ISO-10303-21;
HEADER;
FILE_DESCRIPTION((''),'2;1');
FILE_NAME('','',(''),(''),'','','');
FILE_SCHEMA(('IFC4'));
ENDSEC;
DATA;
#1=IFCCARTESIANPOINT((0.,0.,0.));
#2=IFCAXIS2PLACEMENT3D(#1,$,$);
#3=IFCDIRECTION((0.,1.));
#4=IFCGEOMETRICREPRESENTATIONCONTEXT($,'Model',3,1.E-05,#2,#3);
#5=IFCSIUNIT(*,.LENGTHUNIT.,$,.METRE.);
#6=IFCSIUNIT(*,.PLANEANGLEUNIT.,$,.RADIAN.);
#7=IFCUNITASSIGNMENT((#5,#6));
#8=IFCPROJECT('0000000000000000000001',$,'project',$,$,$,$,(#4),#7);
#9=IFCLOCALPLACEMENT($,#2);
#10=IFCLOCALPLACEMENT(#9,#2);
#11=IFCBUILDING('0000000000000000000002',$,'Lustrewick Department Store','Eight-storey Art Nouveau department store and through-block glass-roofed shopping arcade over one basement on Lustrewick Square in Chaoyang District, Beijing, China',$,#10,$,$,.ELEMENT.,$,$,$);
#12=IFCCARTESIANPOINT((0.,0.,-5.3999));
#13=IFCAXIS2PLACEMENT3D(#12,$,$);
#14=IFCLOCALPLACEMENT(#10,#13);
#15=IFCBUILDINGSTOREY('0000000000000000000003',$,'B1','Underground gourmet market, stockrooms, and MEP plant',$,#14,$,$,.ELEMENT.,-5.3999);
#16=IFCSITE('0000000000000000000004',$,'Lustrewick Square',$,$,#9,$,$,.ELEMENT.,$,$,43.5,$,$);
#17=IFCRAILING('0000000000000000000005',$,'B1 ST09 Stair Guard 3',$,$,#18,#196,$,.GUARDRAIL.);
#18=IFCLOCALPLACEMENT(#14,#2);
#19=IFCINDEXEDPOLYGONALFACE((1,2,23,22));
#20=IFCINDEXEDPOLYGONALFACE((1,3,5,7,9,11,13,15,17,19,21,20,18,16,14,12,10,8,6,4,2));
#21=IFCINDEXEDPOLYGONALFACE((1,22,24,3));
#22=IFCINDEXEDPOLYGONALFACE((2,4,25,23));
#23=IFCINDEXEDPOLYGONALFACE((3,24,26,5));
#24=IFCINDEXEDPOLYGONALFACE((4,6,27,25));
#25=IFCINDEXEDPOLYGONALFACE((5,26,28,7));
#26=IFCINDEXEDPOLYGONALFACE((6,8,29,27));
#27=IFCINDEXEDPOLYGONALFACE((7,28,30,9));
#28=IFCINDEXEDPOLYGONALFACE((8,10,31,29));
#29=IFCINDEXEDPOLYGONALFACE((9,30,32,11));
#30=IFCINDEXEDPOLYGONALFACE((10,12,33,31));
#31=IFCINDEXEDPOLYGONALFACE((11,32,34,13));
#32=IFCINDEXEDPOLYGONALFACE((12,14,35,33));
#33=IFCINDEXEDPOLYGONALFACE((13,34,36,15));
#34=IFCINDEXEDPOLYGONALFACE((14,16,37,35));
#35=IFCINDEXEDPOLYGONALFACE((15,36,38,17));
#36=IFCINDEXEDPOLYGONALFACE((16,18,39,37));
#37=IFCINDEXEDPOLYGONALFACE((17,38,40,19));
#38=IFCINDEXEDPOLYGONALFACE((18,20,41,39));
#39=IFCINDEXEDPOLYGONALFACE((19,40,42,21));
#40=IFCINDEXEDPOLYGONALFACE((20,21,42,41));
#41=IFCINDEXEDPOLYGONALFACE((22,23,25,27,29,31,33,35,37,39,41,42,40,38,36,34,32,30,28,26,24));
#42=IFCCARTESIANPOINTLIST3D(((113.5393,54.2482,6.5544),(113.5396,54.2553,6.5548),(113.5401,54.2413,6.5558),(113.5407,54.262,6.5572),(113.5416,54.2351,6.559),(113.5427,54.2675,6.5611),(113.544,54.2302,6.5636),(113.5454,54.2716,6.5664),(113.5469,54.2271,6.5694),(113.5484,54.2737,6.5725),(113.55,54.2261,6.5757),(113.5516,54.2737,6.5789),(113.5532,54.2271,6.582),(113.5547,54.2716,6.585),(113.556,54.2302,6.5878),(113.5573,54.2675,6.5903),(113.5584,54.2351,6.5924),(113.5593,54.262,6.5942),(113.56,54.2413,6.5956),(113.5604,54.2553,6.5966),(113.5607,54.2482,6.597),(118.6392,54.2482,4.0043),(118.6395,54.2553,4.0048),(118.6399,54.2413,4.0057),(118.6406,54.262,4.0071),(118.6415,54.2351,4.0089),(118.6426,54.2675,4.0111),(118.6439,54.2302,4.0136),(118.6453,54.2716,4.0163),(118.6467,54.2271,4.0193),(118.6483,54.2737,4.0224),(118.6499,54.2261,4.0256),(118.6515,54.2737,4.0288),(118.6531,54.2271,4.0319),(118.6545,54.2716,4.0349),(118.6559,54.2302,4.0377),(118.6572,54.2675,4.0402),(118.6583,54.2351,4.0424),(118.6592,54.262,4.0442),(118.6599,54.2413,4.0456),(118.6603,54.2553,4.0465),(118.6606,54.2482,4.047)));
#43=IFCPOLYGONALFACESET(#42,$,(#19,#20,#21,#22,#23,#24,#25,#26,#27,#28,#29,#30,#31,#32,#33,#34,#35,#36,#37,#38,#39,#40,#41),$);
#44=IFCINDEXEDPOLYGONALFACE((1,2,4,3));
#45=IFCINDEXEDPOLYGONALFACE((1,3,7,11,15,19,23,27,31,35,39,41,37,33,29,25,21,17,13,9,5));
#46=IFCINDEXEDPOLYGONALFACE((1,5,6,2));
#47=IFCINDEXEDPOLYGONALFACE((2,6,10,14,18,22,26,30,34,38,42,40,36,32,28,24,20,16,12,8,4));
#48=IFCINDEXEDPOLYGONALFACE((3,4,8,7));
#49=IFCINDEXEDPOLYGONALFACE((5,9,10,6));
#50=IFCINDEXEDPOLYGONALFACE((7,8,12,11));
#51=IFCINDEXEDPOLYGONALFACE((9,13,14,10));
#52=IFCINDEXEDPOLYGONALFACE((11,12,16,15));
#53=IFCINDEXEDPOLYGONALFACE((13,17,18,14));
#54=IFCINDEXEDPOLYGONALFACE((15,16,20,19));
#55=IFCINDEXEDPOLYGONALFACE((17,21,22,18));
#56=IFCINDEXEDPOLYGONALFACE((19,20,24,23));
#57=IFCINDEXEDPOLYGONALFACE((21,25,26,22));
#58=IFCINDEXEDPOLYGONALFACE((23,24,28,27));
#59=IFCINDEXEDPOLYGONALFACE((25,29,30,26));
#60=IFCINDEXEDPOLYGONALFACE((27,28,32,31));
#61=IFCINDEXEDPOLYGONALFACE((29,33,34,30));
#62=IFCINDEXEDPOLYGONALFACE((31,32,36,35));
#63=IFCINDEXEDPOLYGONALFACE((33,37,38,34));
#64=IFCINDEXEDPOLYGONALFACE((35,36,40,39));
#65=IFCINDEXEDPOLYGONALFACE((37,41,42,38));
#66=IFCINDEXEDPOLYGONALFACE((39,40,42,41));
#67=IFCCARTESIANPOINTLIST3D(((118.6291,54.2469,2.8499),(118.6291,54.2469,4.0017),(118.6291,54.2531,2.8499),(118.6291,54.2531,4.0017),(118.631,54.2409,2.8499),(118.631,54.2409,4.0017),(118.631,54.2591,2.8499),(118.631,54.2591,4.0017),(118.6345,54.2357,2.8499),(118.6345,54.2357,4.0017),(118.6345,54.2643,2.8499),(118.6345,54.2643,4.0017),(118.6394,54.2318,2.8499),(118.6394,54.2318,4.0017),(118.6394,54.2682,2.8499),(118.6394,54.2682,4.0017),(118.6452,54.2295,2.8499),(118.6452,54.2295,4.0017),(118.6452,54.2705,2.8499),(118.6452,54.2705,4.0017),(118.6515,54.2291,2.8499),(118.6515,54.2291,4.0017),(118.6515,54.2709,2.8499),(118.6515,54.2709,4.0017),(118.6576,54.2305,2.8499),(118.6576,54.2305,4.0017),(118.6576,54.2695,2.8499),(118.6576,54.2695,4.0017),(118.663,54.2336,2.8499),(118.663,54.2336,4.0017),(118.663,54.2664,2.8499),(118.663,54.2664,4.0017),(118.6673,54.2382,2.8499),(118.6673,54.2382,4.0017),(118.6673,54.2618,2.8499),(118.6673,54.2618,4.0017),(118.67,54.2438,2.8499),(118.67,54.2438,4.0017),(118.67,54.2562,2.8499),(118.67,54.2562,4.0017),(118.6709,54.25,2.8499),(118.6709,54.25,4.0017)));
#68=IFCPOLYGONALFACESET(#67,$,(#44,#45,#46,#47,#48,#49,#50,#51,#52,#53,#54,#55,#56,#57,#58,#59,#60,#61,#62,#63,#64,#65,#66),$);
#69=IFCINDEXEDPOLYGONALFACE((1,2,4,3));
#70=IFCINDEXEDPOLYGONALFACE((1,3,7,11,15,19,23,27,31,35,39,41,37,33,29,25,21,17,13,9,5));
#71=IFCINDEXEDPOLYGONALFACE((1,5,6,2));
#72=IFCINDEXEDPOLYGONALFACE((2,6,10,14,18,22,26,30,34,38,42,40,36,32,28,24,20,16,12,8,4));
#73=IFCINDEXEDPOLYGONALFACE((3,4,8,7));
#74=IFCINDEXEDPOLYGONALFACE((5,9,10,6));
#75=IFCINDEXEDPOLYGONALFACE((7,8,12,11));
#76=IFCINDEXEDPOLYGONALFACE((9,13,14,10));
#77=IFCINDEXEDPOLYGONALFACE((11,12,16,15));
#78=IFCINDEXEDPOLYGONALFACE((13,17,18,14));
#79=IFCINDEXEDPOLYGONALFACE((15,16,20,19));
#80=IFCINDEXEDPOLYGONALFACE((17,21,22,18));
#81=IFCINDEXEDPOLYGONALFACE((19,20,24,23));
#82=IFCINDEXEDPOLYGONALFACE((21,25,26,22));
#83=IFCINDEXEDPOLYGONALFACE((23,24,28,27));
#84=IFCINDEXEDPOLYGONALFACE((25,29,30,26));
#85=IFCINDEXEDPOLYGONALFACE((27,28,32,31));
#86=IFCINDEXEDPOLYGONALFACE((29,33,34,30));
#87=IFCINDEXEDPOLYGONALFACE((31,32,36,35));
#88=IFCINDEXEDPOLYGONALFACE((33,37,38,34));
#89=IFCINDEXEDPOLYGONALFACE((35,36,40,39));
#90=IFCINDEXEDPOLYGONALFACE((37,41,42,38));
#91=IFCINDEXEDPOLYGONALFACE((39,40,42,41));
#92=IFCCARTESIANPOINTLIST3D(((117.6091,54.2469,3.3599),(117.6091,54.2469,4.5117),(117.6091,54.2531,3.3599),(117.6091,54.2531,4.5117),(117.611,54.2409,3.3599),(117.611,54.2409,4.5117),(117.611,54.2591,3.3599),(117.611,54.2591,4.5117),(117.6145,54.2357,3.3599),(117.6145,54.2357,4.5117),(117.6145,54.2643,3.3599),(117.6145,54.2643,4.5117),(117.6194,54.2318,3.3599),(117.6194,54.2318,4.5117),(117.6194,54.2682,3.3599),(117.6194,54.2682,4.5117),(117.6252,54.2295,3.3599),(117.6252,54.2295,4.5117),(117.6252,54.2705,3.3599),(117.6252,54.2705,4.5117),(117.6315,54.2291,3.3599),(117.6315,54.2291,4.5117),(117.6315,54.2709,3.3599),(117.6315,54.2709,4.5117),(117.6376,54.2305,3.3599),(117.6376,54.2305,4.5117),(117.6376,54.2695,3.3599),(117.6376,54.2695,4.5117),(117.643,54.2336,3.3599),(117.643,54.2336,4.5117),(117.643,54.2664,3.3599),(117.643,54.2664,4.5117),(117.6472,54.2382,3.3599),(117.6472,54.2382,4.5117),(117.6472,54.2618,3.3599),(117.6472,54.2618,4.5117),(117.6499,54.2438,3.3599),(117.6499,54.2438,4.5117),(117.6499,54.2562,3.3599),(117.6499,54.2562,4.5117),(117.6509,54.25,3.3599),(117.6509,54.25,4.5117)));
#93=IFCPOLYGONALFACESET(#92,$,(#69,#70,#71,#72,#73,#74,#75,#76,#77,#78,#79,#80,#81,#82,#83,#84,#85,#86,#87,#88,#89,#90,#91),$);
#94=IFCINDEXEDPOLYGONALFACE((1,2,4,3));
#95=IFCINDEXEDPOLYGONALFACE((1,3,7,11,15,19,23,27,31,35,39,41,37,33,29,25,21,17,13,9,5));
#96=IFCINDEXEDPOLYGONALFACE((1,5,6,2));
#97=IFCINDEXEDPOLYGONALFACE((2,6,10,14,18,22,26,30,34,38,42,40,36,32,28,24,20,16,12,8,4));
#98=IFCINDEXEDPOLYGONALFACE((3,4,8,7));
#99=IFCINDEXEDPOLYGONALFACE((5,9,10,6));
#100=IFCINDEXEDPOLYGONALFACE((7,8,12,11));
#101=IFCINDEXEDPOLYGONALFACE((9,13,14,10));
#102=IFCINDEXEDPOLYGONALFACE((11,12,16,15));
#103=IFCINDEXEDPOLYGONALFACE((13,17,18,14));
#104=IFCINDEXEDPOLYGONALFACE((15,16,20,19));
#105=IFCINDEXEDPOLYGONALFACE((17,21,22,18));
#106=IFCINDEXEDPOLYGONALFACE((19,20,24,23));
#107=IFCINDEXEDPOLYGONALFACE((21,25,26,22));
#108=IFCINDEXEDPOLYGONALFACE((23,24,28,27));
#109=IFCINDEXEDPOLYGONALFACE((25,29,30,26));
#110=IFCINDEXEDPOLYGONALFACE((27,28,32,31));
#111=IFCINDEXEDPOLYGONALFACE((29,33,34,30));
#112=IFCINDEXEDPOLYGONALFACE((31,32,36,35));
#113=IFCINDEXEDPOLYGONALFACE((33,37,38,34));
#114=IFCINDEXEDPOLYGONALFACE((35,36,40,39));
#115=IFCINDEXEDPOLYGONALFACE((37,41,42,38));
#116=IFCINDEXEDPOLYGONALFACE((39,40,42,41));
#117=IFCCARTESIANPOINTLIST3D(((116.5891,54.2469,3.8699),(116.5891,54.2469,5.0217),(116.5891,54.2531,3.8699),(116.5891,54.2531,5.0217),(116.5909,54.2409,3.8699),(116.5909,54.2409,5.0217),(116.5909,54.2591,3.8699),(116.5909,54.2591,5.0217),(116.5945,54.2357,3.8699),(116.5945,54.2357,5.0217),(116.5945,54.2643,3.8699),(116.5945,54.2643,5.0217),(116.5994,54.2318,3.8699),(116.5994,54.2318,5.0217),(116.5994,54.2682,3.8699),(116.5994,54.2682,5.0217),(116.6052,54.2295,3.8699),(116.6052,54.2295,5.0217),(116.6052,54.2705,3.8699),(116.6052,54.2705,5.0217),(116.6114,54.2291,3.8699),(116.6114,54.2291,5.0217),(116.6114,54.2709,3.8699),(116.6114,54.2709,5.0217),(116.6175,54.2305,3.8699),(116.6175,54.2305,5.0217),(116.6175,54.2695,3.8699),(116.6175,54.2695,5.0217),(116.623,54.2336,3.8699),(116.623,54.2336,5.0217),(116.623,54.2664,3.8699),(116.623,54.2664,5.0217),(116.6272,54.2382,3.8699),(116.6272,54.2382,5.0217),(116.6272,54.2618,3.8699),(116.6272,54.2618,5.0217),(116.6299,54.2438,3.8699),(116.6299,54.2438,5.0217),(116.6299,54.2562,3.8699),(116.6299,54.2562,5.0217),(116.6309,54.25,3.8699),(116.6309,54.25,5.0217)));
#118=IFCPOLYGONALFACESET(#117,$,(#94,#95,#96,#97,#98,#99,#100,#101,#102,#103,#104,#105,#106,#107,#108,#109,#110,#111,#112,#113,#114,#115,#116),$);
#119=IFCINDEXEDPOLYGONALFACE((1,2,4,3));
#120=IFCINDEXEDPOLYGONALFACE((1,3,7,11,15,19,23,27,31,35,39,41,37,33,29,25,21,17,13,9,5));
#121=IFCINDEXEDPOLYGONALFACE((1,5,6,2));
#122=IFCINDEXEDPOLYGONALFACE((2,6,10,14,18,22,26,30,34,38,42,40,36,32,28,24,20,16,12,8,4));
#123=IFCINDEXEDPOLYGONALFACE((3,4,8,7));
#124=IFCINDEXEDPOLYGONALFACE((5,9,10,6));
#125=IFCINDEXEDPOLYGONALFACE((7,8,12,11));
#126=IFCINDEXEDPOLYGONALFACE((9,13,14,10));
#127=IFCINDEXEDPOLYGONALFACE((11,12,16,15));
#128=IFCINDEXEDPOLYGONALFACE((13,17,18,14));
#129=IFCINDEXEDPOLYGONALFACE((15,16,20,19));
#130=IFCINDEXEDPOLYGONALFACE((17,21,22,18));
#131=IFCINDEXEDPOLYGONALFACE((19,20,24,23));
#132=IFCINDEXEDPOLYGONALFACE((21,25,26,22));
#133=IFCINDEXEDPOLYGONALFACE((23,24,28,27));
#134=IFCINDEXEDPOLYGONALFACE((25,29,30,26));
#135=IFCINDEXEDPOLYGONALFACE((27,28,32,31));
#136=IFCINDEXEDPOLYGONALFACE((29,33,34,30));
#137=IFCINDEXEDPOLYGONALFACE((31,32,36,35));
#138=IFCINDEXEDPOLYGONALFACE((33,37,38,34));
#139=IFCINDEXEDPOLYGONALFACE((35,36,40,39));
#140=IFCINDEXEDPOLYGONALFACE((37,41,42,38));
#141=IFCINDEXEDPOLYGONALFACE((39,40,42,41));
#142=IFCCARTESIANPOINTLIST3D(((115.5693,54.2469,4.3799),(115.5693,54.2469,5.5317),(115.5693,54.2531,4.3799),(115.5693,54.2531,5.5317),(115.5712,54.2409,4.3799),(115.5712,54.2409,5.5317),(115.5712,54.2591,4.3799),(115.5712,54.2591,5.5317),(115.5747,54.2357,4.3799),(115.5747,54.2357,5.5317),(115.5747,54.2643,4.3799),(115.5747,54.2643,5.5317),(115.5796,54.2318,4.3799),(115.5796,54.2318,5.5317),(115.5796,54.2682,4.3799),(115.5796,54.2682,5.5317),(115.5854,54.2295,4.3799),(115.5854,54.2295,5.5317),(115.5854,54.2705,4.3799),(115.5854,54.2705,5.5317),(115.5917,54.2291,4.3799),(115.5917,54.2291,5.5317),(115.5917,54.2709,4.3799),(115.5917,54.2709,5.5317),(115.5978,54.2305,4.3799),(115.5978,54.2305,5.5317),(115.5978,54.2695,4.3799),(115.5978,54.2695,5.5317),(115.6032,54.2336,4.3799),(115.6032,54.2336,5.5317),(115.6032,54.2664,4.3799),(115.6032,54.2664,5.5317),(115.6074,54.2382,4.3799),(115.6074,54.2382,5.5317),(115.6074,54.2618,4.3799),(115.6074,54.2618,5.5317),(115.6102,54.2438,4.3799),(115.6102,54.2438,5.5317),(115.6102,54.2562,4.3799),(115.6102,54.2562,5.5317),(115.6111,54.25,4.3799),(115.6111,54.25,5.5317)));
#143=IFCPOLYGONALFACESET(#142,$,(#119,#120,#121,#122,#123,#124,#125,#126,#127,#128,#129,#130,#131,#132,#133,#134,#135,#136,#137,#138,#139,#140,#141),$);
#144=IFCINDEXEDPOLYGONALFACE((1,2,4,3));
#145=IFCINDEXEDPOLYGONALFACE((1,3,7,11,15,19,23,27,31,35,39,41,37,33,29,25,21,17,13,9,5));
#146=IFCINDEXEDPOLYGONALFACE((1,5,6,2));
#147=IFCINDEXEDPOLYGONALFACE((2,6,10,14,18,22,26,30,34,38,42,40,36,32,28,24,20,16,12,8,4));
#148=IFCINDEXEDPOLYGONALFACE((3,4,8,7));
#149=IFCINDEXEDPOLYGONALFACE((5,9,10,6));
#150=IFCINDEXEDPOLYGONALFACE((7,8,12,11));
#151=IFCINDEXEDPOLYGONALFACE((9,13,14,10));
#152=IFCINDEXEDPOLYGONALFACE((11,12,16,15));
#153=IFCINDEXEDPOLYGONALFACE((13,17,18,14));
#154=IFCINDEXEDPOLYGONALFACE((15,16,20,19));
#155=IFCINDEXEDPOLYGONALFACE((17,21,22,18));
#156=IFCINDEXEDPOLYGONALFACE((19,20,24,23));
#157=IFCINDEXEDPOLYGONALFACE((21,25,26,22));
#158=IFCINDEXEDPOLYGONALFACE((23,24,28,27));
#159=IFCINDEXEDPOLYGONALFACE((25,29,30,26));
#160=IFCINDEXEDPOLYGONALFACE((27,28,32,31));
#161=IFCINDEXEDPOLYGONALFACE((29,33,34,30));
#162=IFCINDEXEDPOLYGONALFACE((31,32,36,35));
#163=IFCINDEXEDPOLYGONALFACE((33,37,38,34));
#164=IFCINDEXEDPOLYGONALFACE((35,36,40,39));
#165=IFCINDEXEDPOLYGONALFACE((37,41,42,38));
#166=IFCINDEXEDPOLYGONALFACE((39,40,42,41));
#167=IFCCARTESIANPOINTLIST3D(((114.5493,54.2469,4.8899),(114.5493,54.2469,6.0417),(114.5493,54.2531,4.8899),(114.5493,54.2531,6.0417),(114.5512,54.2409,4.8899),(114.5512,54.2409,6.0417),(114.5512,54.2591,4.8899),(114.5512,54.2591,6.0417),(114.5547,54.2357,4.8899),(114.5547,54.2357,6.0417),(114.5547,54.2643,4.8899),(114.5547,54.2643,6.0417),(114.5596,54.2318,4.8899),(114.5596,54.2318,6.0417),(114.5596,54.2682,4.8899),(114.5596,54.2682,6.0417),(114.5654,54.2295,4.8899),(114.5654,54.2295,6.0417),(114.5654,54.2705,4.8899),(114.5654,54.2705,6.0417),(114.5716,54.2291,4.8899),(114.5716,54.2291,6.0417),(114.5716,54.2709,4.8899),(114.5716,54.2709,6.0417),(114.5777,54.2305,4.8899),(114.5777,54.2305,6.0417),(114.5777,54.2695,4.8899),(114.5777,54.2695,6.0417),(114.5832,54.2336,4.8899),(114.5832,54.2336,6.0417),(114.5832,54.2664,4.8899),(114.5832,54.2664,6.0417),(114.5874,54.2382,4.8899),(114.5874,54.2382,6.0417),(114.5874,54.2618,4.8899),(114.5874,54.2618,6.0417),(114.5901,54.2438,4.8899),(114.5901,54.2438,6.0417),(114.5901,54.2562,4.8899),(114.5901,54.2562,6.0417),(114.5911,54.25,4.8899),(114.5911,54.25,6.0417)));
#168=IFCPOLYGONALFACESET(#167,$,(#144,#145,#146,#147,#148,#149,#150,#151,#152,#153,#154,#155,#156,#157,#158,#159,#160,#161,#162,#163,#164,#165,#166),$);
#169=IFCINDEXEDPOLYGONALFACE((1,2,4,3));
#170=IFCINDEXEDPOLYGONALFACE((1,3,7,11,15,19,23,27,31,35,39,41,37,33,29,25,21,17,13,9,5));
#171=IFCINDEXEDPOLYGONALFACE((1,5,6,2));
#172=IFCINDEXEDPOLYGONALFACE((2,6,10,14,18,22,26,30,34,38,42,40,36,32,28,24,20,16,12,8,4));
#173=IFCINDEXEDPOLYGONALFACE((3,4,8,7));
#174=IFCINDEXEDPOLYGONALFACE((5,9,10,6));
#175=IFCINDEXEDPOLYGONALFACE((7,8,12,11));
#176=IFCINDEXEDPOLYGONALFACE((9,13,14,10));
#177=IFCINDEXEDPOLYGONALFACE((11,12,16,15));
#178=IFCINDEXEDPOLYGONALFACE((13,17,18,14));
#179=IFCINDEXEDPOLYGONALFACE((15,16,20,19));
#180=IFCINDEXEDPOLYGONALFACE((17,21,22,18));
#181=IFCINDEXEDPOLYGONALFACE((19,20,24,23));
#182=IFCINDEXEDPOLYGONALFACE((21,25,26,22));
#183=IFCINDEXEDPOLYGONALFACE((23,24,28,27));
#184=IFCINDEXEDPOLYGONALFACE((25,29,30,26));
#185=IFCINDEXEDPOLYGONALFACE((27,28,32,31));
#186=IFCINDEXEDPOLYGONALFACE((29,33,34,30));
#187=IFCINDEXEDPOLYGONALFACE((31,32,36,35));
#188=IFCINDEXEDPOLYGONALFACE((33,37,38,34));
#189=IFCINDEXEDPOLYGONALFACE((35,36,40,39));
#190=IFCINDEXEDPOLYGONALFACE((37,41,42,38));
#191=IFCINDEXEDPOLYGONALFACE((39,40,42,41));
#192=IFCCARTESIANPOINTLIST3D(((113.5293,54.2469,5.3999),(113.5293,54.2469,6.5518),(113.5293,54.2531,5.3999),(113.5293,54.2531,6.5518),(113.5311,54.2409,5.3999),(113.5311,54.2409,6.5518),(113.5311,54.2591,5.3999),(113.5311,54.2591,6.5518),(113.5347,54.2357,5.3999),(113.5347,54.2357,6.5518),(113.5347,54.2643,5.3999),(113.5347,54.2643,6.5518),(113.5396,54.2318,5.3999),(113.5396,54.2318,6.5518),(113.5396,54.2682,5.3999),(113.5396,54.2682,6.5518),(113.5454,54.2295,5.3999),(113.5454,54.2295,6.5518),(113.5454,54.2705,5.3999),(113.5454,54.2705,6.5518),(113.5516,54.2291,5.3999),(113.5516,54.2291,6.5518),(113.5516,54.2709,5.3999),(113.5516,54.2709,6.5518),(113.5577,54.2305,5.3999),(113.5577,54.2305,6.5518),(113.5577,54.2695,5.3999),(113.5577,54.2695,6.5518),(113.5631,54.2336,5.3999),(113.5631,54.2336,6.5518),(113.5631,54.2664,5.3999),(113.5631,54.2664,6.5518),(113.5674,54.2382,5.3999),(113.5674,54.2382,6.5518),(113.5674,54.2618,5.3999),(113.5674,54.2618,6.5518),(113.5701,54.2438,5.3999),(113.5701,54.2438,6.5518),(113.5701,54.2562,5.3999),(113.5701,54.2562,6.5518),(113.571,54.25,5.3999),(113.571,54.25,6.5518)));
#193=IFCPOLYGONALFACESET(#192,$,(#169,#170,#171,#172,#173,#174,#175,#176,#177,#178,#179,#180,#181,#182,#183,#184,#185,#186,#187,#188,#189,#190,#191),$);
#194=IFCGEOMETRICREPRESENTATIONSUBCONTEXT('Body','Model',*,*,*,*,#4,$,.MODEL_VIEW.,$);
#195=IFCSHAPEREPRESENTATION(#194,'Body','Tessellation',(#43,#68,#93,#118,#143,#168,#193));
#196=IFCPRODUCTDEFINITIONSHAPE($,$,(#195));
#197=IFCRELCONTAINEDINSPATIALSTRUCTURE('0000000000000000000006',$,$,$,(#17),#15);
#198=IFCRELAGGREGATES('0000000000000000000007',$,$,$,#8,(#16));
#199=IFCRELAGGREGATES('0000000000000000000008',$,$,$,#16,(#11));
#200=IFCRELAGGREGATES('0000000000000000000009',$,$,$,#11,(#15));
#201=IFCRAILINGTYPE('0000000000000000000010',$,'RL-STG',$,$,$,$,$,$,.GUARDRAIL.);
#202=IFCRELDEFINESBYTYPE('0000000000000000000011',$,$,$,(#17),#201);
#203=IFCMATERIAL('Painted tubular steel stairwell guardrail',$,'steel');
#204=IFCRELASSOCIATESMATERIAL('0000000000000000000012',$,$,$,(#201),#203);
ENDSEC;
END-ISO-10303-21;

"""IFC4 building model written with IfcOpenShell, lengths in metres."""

from ifc_helpers import new_model, si_unit, direction, frame, origin, origin_2d, place, context, subcontext, project, spatial, circle, extrude, material, type_object, element, save


model = new_model("IFC4")

# Units and contexts
model_context = context("Model", 3, precision=1e-05, world=origin(), true_north=direction((0.0, 1.0)))
body_context = subcontext(model_context, "Body", "Model", "MODEL_VIEW")
ifc_project = project(units=[si_unit("LENGTHUNIT", "METRE"), si_unit("PLANEANGLEUNIT", "RADIAN")], contexts=[model_context])

# Site, building, storey
site_placement = place(None, origin())
site = spatial("IfcSite", under=ifc_project, at=site_placement, Name="Lustrewick Square", CompositionType="ELEMENT", RefElevation=43.5)
building_placement = place(site_placement, origin())
building = spatial("IfcBuilding", under=site, at=building_placement, Name="Lustrewick Department Store", Description="Eight-storey Art Nouveau department store and through-block glass-roofed shopping arcade over one basement on Lustrewick Square in Chaoyang District, Beijing, China", CompositionType="ELEMENT")
storey_placement = place(building_placement, frame((0.0, 0.0, -5.3999)))
storey = spatial("IfcBuildingStorey", under=building, at=storey_placement, Name="B1", Description="Underground gourmet market, stockrooms, and MEP plant", CompositionType="ELEMENT", Elevation=-5.3999)

# Railing
ifc_material_1 = material(Name="Painted tubular steel stairwell guardrail", Category="steel")
railing_type_1 = type_object("IfcRailingType", Name="RL-STG", PredefinedType="GUARDRAIL", material=ifc_material_1)
railing_1_placement = place(storey_placement, frame((118.6499, 54.25, 2.8499)))
element("IfcRailing", 1, at=railing_1_placement, inside=storey, type_object=railing_type_1, Name="B1 ST09 Stair Guard 3", PredefinedType="GUARDRAIL", context=body_context, shape_type="SweptSolid", body=[
    extrude(circle(Radius=0.0239, at=origin_2d()), frame((0.0, 0.0, 1.1758), z_axis=(-0.894419, 0.0, 0.447231), x_axis=(0.0, -1.0, 0.0)), (0.0, 0.0, 1.0), 5.7019),
    extrude(circle(Radius=0.021, at=origin_2d()), origin(), (0.0, 0.0, 1.0), 1.1519),
    extrude(circle(Radius=0.021, at=origin_2d()), frame((-1.02, 0.0, 0.51)), (0.0, 0.0, 1.0), 1.1519),
    extrude(circle(Radius=0.021, at=origin_2d()), frame((-2.04, 0.0, 1.02)), (0.0, 0.0, 1.0), 1.1519),
    extrude(circle(Radius=0.021, at=origin_2d()), frame((-3.0598, 0.0, 1.53)), (0.0, 0.0, 1.0), 1.1519),
    extrude(circle(Radius=0.021, at=origin_2d()), frame((-4.0798, 0.0, 2.04)), (0.0, 0.0, 1.0), 1.1519),
    extrude(circle(Radius=0.021, at=origin_2d()), frame((-5.0999, 0.0, 2.55)), (0.0, 0.0, 1.0), 1.1519),
])

save(model, "model.ifc")
